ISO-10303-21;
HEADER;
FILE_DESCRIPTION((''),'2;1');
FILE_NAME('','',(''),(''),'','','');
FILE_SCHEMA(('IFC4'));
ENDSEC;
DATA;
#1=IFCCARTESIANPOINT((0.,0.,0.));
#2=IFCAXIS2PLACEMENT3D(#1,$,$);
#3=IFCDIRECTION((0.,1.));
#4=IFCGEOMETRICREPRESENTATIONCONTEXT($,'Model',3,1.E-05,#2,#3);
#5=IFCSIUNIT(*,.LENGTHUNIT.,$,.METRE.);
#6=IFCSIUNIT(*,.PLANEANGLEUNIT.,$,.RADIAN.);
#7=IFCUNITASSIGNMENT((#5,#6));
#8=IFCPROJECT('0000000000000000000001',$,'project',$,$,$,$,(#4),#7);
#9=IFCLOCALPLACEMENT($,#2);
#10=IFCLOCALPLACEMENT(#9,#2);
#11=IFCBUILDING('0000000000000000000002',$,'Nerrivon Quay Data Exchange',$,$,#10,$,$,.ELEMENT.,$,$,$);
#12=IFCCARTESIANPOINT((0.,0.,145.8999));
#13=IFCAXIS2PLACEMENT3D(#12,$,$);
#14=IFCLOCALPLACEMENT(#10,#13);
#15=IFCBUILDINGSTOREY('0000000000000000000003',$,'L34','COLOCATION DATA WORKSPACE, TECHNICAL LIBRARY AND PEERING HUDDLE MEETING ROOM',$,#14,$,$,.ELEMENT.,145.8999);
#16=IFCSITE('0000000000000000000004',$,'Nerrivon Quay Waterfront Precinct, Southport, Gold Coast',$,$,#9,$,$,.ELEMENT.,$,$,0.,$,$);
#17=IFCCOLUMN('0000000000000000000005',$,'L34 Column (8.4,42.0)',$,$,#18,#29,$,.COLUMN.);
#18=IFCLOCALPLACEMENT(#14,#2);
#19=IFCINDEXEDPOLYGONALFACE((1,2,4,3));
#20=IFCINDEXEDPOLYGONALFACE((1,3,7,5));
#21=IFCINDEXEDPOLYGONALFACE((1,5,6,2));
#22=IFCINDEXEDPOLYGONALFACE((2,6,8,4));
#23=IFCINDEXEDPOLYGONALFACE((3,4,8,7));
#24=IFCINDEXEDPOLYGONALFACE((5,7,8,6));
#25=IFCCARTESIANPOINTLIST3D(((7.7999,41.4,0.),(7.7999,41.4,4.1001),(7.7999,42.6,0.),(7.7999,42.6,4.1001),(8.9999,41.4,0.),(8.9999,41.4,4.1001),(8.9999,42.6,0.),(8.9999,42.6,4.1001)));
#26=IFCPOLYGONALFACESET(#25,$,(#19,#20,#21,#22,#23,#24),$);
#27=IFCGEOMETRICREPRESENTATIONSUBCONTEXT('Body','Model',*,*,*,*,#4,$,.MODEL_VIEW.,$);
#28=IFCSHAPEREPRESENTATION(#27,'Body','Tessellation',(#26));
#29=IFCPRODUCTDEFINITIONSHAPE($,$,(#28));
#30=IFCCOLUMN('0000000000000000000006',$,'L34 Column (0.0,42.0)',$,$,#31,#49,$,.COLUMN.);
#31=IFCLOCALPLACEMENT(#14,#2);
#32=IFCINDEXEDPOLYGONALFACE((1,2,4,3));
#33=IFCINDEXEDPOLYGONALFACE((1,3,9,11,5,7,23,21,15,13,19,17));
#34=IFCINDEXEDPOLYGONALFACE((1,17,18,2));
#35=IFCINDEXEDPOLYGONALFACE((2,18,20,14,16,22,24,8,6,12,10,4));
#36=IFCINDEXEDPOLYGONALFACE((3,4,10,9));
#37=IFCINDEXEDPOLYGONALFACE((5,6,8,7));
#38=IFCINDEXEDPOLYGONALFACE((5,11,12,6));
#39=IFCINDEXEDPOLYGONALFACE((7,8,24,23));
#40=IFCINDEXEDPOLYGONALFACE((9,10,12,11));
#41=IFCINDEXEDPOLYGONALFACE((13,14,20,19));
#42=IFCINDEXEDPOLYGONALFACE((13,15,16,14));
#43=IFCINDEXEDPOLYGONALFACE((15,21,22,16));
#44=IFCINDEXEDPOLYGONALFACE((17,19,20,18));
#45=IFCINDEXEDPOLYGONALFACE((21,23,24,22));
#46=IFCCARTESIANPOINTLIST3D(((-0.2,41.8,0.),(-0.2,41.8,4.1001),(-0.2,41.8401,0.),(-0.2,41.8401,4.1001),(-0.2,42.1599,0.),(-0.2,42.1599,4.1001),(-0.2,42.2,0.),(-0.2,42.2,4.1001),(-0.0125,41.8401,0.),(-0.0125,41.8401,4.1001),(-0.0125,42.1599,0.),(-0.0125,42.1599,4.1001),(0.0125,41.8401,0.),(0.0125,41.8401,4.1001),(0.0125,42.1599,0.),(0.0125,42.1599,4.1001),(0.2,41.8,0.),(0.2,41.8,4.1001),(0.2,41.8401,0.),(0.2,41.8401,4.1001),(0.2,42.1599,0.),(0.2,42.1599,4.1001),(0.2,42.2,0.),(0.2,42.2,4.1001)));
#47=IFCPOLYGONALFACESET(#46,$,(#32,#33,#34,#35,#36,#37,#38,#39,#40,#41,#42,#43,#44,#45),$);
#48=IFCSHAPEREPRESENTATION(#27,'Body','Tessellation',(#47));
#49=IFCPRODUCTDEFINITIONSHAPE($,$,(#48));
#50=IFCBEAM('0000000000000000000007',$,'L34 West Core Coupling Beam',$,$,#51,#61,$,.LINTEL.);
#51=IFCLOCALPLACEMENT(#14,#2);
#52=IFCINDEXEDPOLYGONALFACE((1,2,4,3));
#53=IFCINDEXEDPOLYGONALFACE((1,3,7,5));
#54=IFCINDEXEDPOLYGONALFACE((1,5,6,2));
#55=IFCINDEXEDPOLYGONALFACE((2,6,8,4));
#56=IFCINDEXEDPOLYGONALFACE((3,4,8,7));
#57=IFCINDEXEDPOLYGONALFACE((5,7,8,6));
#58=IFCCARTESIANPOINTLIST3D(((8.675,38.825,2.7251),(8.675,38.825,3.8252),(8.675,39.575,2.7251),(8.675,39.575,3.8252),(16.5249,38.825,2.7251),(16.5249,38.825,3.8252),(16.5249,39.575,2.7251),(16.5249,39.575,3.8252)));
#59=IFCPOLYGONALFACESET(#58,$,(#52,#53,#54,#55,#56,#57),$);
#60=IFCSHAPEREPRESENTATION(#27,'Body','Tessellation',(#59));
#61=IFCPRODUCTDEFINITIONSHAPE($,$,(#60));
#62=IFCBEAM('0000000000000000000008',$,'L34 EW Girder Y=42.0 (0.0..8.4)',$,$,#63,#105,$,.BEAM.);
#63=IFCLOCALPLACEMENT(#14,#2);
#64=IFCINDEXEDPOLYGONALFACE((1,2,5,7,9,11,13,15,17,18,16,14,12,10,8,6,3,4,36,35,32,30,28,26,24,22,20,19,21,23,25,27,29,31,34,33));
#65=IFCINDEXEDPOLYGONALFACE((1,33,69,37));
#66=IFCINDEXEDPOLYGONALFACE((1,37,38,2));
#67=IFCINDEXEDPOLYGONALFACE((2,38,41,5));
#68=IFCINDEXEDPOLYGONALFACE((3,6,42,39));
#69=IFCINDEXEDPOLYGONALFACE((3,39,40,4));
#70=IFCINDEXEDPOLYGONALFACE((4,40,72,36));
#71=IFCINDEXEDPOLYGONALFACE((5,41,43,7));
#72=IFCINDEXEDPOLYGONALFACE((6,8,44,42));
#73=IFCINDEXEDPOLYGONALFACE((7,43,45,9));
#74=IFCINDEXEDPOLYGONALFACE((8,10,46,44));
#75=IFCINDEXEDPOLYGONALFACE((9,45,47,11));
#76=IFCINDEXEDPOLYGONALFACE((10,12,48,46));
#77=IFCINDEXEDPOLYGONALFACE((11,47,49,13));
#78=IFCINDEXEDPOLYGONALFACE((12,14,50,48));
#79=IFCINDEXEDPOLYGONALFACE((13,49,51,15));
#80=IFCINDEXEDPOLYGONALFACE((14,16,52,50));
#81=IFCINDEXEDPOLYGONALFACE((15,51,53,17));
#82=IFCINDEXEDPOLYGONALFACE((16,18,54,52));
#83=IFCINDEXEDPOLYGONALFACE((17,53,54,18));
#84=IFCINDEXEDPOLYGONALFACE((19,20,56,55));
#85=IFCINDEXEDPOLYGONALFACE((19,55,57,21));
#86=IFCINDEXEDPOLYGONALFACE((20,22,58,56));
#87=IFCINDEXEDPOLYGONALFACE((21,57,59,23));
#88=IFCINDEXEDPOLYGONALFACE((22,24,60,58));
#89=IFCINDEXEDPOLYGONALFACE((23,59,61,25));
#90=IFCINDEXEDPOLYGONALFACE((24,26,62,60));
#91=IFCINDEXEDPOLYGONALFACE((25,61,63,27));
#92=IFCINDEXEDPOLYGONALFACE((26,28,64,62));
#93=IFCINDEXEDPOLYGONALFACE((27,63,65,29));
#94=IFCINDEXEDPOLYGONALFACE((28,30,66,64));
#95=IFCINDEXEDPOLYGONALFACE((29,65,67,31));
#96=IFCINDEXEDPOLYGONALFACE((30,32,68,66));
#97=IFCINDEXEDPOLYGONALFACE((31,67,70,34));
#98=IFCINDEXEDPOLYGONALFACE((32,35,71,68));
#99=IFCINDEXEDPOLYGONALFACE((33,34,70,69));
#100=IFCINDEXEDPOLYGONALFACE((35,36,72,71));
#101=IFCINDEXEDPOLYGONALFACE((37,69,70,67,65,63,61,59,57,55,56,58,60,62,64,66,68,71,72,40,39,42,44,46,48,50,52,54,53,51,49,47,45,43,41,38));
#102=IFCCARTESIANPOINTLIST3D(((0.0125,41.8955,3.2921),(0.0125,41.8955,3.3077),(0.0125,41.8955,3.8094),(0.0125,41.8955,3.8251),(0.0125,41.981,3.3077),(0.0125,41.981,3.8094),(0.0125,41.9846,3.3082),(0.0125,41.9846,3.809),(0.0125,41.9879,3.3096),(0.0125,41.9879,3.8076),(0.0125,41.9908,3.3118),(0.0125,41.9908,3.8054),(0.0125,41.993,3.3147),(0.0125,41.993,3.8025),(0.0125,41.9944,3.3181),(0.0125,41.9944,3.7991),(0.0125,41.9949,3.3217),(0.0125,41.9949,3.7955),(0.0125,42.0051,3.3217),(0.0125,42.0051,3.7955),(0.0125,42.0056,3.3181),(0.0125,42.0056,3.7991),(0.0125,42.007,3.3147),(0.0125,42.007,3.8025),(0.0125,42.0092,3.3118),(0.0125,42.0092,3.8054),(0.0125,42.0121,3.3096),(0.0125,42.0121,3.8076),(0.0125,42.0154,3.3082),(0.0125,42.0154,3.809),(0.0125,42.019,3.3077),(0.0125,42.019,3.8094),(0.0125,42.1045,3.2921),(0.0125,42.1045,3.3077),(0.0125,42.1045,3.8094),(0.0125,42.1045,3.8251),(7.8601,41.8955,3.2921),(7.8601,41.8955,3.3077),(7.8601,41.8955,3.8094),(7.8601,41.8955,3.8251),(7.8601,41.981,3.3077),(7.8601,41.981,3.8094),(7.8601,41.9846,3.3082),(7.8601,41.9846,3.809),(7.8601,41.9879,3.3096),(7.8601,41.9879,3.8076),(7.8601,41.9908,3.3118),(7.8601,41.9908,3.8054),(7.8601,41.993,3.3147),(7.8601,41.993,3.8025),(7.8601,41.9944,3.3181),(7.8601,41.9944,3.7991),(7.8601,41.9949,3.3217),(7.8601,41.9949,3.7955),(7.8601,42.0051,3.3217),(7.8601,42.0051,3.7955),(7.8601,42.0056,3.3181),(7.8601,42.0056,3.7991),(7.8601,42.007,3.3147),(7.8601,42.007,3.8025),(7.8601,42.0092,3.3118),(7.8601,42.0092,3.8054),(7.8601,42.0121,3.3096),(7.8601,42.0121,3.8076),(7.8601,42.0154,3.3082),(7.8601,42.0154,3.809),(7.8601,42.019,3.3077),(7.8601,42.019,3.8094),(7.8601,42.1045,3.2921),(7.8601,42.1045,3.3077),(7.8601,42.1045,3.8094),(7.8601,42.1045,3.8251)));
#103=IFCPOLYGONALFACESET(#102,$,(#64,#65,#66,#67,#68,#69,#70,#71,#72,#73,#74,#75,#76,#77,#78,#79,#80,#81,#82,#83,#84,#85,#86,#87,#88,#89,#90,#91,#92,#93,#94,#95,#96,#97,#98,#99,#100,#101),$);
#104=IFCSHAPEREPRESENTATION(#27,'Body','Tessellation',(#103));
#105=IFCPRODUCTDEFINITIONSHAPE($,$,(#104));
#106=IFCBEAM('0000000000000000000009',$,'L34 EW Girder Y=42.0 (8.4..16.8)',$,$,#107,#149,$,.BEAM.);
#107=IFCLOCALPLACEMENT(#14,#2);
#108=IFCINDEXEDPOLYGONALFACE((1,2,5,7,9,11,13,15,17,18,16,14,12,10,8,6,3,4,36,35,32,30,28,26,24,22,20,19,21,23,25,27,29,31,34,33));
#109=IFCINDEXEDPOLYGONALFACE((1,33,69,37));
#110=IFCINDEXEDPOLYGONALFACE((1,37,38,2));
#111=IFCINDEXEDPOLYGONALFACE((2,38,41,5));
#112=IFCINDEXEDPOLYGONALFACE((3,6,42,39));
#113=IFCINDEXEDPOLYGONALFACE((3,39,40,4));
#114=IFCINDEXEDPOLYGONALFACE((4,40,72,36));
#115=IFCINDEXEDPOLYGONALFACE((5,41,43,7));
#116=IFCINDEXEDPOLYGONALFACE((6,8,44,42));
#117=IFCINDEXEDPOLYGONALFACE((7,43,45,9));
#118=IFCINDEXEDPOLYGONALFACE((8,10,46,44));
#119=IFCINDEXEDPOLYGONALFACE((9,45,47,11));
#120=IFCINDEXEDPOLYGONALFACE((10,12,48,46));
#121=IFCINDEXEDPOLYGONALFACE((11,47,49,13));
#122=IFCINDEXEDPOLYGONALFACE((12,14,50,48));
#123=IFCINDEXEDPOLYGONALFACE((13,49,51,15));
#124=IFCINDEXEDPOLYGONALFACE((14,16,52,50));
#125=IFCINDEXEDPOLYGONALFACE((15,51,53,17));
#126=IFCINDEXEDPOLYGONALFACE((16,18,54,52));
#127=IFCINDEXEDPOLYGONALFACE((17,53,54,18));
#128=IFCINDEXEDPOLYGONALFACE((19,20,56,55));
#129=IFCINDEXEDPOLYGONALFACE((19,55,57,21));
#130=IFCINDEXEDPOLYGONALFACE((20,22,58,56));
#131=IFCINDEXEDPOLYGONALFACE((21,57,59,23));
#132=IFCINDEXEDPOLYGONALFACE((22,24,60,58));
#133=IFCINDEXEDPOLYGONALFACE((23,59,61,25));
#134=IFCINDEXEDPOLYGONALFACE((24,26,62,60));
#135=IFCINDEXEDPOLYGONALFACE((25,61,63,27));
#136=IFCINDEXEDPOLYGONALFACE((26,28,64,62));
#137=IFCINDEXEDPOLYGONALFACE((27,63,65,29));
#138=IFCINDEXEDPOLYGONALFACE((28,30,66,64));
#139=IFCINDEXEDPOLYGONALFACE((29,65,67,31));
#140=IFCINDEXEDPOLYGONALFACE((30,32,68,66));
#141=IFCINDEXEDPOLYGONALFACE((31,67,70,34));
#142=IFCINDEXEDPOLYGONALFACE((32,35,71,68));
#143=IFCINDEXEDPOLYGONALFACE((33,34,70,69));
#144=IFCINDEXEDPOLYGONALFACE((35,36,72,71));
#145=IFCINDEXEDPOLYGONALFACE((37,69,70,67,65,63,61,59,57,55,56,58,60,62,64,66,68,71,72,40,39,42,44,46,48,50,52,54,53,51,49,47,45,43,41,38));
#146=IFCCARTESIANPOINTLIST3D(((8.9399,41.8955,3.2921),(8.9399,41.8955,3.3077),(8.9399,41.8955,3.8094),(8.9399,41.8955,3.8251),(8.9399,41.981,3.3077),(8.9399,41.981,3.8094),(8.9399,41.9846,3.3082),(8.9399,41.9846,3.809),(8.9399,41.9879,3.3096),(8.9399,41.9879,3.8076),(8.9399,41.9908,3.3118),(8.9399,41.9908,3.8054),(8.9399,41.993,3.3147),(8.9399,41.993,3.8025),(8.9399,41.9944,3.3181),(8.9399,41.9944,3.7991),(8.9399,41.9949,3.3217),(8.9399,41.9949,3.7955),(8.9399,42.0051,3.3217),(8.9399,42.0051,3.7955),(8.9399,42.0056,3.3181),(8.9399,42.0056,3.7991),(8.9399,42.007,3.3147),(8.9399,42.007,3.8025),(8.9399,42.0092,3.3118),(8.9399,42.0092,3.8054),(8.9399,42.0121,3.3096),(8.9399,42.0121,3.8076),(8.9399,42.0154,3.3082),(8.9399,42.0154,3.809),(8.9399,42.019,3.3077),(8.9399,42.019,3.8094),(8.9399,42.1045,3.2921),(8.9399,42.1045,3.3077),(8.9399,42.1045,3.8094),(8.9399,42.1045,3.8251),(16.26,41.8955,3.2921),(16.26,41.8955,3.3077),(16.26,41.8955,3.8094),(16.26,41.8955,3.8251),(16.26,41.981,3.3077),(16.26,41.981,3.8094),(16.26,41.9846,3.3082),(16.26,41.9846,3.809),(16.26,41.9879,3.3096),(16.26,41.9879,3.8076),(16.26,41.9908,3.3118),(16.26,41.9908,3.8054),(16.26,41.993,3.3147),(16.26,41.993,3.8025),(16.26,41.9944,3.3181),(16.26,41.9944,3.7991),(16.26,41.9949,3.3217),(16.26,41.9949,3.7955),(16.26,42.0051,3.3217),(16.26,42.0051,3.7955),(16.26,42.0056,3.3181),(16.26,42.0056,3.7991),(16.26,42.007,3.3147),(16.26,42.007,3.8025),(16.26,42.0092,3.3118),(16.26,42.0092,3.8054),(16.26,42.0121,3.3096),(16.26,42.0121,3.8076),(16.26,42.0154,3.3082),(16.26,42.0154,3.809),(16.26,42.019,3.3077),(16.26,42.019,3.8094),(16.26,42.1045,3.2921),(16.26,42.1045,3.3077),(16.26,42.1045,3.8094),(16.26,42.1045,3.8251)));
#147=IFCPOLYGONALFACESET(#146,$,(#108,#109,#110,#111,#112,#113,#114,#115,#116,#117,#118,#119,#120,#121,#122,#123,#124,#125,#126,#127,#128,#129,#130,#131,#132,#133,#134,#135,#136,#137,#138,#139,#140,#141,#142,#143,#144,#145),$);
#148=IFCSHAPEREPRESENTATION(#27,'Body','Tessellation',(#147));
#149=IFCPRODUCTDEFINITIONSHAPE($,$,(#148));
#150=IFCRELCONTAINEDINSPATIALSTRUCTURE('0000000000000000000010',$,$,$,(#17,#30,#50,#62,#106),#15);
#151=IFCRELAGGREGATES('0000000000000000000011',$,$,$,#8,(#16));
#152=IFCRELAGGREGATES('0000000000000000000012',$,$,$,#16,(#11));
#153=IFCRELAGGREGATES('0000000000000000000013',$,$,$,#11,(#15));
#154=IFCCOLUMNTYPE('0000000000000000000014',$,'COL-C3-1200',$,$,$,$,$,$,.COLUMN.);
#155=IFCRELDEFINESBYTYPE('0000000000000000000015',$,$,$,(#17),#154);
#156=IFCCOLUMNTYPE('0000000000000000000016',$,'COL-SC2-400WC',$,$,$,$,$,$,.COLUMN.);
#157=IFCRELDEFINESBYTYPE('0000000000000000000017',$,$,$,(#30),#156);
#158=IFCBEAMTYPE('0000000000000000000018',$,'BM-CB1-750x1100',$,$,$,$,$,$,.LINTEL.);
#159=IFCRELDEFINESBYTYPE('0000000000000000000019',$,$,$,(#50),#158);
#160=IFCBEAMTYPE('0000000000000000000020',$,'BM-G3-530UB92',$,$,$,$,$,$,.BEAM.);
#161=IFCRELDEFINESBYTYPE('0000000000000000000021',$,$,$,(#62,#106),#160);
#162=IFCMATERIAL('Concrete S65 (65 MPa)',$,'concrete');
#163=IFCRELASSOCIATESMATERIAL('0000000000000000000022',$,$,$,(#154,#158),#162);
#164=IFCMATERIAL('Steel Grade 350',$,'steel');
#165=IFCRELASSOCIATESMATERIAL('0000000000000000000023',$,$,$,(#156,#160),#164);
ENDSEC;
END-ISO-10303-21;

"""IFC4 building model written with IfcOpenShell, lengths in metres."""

from ifc_helpers import new_model, si_unit, direction, frame, origin, origin_2d, place, context, subcontext, project, spatial, rectangle, i_section, extrude, material, material_profile, profile_set, type_object, element, save


model = new_model("IFC4")

# Units and contexts
model_context = context("Model", 3, precision=1e-05, world=origin(), true_north=direction((0.0, 1.0)))
body_context = subcontext(model_context, "Body", "Model", "MODEL_VIEW")
ifc_project = project(units=[si_unit("LENGTHUNIT", "METRE"), si_unit("PLANEANGLEUNIT", "RADIAN")], contexts=[model_context])

# Site, building, storey
site_placement = place(None, origin())
site = spatial("IfcSite", under=ifc_project, at=site_placement, Name="Nerrivon Quay Waterfront Precinct, Southport, Gold Coast", CompositionType="ELEMENT", RefElevation=0.0)
building_placement = place(site_placement, origin())
building = spatial("IfcBuilding", under=site, at=building_placement, Name="Nerrivon Quay Data Exchange", CompositionType="ELEMENT")
storey_placement = place(building_placement, frame((0.0, 0.0, 145.8999)))
storey = spatial("IfcBuildingStorey", under=building, at=storey_placement, Name="L34", Description="COLOCATION DATA WORKSPACE, TECHNICAL LIBRARY AND PEERING HUDDLE MEETING ROOM", CompositionType="ELEMENT", Elevation=145.8999)

# Columns
ifc_material_1 = material(Name="Concrete S65 (65 MPa)", Category="concrete")
ifc_material_profile_1 = material_profile(ifc_material_1, rectangle(XDim=1.2, YDim=1.2, at=origin_2d()), Name="RC-COL-1200x1200")
ifc_profile_set_1 = profile_set([ifc_material_profile_1], Name="Concrete S65 (65 MPa)")
column_type_1 = type_object("IfcColumnType", Name="COL-C3-1200", PredefinedType="COLUMN", material=ifc_profile_set_1)
column_1_placement = place(storey_placement, frame((8.3999, 42.0, 0.0), z_axis=(0.0, 0.0, 1.0), x_axis=(1.0, 0.0, 0.0)))
element("IfcColumn", 1, at=column_1_placement, inside=storey, type_object=column_type_1, Name="L34 Column (8.4,42.0)", PredefinedType="COLUMN", context=body_context, shape_type="SweptSolid", body=[
    extrude(rectangle(XDim=1.2, YDim=1.2, at=origin_2d()), origin(), (0.0, 0.0, 1.0), 4.1001),
])
ifc_material_2 = material(Name="Steel Grade 350", Category="steel")
ifc_material_profile_2 = material_profile(ifc_material_2, i_section(OverallWidth=0.3999, OverallDepth=0.3999, WebThickness=0.0249, FlangeThickness=0.04, at=origin_2d()), Name="400WC328")
ifc_profile_set_2 = profile_set([ifc_material_profile_2], Name="Steel Grade 350")
column_type_2 = type_object("IfcColumnType", Name="COL-SC2-400WC", PredefinedType="COLUMN", material=ifc_profile_set_2)
column_2_placement = place(storey_placement, frame((0.0, 42.0, 0.0), z_axis=(0.0, 0.0, 1.0), x_axis=(1.0, 0.0, 0.0)))
element("IfcColumn", 2, at=column_2_placement, inside=storey, type_object=column_type_2, Name="L34 Column (0.0,42.0)", PredefinedType="COLUMN", context=body_context, shape_type="SweptSolid", body=[
    extrude(i_section(OverallWidth=0.3999, OverallDepth=0.3999, WebThickness=0.0249, FlangeThickness=0.04, at=origin_2d()), origin(), (0.0, 0.0, 1.0), 4.1001),
])

# Beams
ifc_material_profile_3 = material_profile(ifc_material_1, rectangle(XDim=0.75, YDim=1.1001, at=origin_2d()), Name="RC-CB-750x1100")
ifc_profile_set_3 = profile_set([ifc_material_profile_3], Name="Concrete S65 (65 MPa)")
beam_type_1 = type_object("IfcBeamType", Name="BM-CB1-750x1100", PredefinedType="LINTEL", material=ifc_profile_set_3)
beam_1_placement = place(storey_placement, frame((8.675, 39.2, 3.2751), z_axis=(1.0, 0.0, 0.0), x_axis=(0.0, 1.0, 0.0)))
element("IfcBeam", 3, at=beam_1_placement, inside=storey, type_object=beam_type_1, Name="L34 West Core Coupling Beam", PredefinedType="LINTEL", context=body_context, shape_type="SweptSolid", body=[
    extrude(rectangle(XDim=0.75, YDim=1.1001, at=origin_2d()), origin(), (0.0, 0.0, 1.0), 7.8499),
])
ifc_material_profile_4 = material_profile(ifc_material_2, i_section(OverallWidth=0.209, OverallDepth=0.533, WebThickness=0.0103, FlangeThickness=0.0156, FilletRadius=0.0139, at=origin_2d()), Name="530UB92.4")
ifc_profile_set_4 = profile_set([ifc_material_profile_4], Name="Steel Grade 350")
beam_type_2 = type_object("IfcBeamType", Name="BM-G3-530UB92", PredefinedType="BEAM", material=ifc_profile_set_4)
beam_2_placement = place(storey_placement, frame((0.0125, 42.0, 3.5586), z_axis=(1.0, 0.0, 0.0), x_axis=(0.0, 1.0, 0.0)))
element("IfcBeam", 4, at=beam_2_placement, inside=storey, type_object=beam_type_2, Name="L34 EW Girder Y=42.0 (0.0..8.4)", PredefinedType="BEAM", context=body_context, shape_type="SweptSolid", body=[
    extrude(i_section(OverallWidth=0.209, OverallDepth=0.533, WebThickness=0.0103, FlangeThickness=0.0156, FilletRadius=0.0139, at=origin_2d()), origin(), (0.0, 0.0, 1.0), 7.8477),
])
beam_3_placement = place(storey_placement, frame((8.9399, 42.0, 3.5586), z_axis=(1.0, 0.0, 0.0), x_axis=(0.0, 1.0, 0.0)))
element("IfcBeam", 5, at=beam_3_placement, inside=storey, type_object=beam_type_2, Name="L34 EW Girder Y=42.0 (8.4..16.8)", PredefinedType="BEAM", context=body_context, shape_type="SweptSolid", body=[
    extrude(i_section(OverallWidth=0.209, OverallDepth=0.533, WebThickness=0.0103, FlangeThickness=0.0156, FilletRadius=0.0139, at=origin_2d()), origin(), (0.0, 0.0, 1.0), 7.3201),
])

save(model, "model.ifc")
